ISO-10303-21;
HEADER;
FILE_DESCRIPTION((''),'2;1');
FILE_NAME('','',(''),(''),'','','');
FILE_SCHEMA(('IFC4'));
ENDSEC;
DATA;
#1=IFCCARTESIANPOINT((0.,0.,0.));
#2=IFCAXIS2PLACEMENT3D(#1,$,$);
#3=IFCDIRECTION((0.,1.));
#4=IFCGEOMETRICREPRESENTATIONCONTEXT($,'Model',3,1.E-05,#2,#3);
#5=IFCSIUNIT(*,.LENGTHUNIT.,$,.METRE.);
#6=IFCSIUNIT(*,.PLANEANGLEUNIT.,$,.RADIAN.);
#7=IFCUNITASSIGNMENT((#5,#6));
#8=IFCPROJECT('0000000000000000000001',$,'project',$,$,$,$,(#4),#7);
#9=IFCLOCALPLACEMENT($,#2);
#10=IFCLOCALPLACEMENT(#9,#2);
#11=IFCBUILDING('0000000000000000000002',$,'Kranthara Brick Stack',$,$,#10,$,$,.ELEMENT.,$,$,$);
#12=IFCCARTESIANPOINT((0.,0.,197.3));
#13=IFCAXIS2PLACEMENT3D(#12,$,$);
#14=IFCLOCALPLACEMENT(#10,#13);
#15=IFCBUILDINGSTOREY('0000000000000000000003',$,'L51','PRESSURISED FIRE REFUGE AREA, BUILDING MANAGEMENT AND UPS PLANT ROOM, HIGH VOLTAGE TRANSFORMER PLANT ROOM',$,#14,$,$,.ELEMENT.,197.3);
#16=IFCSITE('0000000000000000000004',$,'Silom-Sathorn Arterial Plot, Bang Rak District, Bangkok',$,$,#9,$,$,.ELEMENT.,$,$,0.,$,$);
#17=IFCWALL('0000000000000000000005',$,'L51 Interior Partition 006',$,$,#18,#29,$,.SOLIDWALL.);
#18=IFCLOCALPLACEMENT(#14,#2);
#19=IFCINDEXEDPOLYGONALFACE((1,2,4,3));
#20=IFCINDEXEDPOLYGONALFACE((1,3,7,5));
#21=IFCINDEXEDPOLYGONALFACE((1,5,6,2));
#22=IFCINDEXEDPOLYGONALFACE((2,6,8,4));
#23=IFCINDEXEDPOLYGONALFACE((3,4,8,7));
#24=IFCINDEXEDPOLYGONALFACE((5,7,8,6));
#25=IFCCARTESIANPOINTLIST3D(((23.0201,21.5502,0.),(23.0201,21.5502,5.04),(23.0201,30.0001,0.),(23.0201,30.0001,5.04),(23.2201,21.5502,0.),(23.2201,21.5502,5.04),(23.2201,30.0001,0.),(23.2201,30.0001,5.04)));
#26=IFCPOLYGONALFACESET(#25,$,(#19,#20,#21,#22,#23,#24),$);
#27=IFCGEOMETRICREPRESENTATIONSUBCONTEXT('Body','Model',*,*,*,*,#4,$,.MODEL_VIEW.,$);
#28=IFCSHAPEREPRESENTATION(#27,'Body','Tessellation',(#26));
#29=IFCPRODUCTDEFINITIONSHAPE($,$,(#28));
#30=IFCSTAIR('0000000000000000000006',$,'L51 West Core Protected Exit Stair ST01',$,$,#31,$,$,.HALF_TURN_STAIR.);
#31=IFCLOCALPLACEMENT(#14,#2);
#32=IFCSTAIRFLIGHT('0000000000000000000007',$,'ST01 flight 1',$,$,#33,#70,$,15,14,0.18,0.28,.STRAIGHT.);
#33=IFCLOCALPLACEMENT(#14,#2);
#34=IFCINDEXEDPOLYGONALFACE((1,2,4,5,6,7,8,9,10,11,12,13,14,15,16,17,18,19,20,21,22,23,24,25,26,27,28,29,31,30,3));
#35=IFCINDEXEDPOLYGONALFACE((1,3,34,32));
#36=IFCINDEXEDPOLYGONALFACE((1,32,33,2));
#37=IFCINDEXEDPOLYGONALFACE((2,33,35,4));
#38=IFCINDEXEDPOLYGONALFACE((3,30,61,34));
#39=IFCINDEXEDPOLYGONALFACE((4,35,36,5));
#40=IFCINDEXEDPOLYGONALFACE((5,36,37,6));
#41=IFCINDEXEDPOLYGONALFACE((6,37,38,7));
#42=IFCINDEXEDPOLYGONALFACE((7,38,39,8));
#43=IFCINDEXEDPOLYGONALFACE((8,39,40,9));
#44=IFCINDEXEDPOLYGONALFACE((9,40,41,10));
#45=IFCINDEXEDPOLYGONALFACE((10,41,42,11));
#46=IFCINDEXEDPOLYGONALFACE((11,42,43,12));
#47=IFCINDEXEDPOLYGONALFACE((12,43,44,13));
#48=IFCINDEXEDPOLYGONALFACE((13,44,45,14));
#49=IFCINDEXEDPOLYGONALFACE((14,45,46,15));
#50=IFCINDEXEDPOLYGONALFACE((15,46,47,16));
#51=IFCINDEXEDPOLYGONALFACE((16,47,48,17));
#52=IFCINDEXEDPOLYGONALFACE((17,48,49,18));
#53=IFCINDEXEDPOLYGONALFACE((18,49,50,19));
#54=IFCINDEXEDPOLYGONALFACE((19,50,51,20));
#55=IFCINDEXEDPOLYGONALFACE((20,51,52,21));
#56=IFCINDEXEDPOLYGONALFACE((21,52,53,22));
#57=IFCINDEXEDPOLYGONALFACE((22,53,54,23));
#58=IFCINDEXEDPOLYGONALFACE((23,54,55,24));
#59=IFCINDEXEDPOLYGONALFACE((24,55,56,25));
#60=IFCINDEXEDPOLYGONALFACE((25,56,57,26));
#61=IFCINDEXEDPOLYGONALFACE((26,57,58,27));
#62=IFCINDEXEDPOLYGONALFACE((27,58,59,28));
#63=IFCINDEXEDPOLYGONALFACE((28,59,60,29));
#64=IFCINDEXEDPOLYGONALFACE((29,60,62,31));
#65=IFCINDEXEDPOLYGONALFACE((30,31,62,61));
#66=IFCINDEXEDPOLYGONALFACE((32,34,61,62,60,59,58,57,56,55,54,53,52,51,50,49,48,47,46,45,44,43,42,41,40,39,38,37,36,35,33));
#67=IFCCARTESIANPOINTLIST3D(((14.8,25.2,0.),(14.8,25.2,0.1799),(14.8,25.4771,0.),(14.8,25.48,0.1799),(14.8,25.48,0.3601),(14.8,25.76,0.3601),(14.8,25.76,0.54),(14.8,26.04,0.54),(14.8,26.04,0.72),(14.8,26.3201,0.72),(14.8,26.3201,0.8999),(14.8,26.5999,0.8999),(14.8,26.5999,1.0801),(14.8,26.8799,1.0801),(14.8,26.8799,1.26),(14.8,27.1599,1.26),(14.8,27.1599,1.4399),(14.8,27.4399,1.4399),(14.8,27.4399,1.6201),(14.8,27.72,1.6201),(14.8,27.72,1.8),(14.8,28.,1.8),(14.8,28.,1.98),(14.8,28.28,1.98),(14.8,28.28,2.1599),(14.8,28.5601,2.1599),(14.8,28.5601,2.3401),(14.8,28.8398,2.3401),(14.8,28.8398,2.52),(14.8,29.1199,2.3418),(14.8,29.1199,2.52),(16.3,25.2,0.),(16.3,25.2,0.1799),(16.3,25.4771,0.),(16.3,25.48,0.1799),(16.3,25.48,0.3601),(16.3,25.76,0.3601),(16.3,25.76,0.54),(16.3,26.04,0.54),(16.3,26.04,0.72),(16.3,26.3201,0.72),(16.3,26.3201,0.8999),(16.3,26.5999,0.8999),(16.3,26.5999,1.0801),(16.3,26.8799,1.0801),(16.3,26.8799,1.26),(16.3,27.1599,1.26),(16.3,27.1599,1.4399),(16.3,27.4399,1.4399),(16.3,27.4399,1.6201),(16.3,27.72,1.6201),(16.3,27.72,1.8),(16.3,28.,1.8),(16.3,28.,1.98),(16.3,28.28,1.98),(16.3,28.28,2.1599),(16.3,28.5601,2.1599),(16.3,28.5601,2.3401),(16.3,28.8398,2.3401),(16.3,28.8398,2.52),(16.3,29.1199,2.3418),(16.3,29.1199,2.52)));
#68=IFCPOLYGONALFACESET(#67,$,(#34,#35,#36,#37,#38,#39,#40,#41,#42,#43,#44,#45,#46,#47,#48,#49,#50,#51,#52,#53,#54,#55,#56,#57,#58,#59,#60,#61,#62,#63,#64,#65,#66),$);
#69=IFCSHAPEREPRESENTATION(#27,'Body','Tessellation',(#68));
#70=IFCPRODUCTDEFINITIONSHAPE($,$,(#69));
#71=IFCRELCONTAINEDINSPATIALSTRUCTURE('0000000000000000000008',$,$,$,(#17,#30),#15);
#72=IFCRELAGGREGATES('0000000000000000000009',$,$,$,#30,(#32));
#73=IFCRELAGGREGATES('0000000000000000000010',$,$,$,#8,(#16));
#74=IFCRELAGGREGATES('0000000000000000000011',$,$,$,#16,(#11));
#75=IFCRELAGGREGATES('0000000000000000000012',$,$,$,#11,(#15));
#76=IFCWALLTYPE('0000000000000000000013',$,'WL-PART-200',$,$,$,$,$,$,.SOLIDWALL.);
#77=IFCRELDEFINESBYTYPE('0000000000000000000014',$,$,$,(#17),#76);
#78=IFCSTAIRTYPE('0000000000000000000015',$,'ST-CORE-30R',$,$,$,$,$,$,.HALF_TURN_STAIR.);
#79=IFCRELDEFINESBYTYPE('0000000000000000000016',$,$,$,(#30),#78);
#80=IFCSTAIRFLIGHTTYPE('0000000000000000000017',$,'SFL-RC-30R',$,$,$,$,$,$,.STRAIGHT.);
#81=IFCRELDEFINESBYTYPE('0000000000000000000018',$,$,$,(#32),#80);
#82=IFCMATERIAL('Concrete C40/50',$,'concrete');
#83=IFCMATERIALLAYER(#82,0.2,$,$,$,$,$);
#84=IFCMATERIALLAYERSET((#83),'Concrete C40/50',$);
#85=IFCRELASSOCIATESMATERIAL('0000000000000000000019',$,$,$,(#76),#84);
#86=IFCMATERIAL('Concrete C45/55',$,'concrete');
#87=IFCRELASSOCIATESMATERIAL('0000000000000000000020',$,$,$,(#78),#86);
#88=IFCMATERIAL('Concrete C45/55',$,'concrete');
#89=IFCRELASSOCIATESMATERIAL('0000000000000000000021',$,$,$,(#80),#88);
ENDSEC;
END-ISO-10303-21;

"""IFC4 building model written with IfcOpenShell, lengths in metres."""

from ifc_helpers import new_model, si_unit, direction, frame, frame_2d, origin, place, context, subcontext, project, spatial, polyline, rectangle, outline, extrude, material, layer, layer_set, type_object, element, aggregate, save


model = new_model("IFC4")

# Units and contexts
model_context = context("Model", 3, precision=1e-05, world=origin(), true_north=direction((0.0, 1.0)))
body_context = subcontext(model_context, "Body", "Model", "MODEL_VIEW")
ifc_project = project(units=[si_unit("LENGTHUNIT", "METRE"), si_unit("PLANEANGLEUNIT", "RADIAN")], contexts=[model_context])

# Site, building, storey
site_placement = place(None, origin())
site = spatial("IfcSite", under=ifc_project, at=site_placement, Name="Silom-Sathorn Arterial Plot, Bang Rak District, Bangkok", CompositionType="ELEMENT", RefElevation=0.0)
building_placement = place(site_placement, origin())
building = spatial("IfcBuilding", under=site, at=building_placement, Name="Kranthara Brick Stack", CompositionType="ELEMENT")
storey_placement = place(building_placement, frame((0.0, 0.0, 197.3)))
storey = spatial("IfcBuildingStorey", under=building, at=storey_placement, Name="L51", Description="PRESSURISED FIRE REFUGE AREA, BUILDING MANAGEMENT AND UPS PLANT ROOM, HIGH VOLTAGE TRANSFORMER PLANT ROOM", CompositionType="ELEMENT", Elevation=197.3)

# Wall
ifc_material_1 = material(Name="Concrete C40/50", Category="concrete")
ifc_layer_1 = layer(ifc_material_1, 0.2)
ifc_layer_set_1 = layer_set([ifc_layer_1], Name="Concrete C40/50")
wall_type_1 = type_object("IfcWallType", Name="WL-PART-200", PredefinedType="SOLIDWALL", material=ifc_layer_set_1)
wall_1_placement = place(storey_placement, frame((23.1201, 21.55, 0.0), z_axis=(0.0, 0.0, 1.0), x_axis=(0.0, 1.0, 0.0)))
element("IfcWall", 1, at=wall_1_placement, inside=storey, type_object=wall_type_1, Name="L51 Interior Partition 006", PredefinedType="SOLIDWALL", context=body_context, shape_type="SweptSolid", body=[
    extrude(rectangle(XDim=8.45, YDim=0.2, at=frame_2d((4.2251, 0.0))), origin(), (0.0, 0.0, 1.0), 5.04),
])

# Stair, stair flight
ifc_material_2 = material(Name="Concrete C45/55", Category="concrete")
stair_type = type_object("IfcStairType", Name="ST-CORE-30R", PredefinedType="HALF_TURN_STAIR", material=ifc_material_2)
stair_placement = place(storey_placement, origin())
stair = element("IfcStair", 2, at=stair_placement, inside=storey, type_object=stair_type, Name="L51 West Core Protected Exit Stair ST01", PredefinedType="HALF_TURN_STAIR")
ifc_material_3 = material(Name="Concrete C45/55", Category="concrete")
stair_flight_type = type_object("IfcStairFlightType", Name="SFL-RC-30R", PredefinedType="STRAIGHT", material=ifc_material_3)
stair_flight_placement = place(storey_placement, frame((15.55, 25.2, 0.0), z_axis=(0.0, 0.0, 1.0), x_axis=(0.0, 1.0, 0.0)))
stair_flight = element("IfcStairFlight", 3, at=stair_flight_placement, type_object=stair_flight_type, Name="ST01 flight 1", NumberOfRisers=15, NumberOfTreads=14, PredefinedType="STRAIGHT", RiserHeight=0.18, TreadLength=0.28, context=body_context, shape_type="SweptSolid", body=[
    extrude(outline(polyline([(0.0, 0.0), (0.0, 0.1799), (0.28, 0.1799), (0.28, 0.3601), (0.5601, 0.3601), (0.5601, 0.54), (0.8401, 0.54), (0.8401, 0.72), (1.1201, 0.72), (1.1201, 0.8999), (1.3999, 0.8999), (1.3999, 1.0801), (1.6799, 1.0801), (1.6799, 1.26), (1.96, 1.26), (1.96, 1.4399), (2.24, 1.4399), (2.24, 1.6201), (2.52, 1.6201), (2.52, 1.8), (2.8, 1.8), (2.8, 1.98), (3.0801, 1.98), (3.0801, 2.1599), (3.3601, 2.1599), (3.3601, 2.3401), (3.6399, 2.3401), (3.6399, 2.52), (3.9199, 2.52), (3.9199, 2.7), (3.9199, 2.3418), (0.2771, 0.0), (0.0, 0.0)])), frame((0.0, 0.75, 0.0), z_axis=(0.0, -1.0, 0.0), x_axis=(1.0, 0.0, 0.0)), (0.0, 0.0, 1.0), 1.5),
])
aggregate(stair, [stair_flight])

save(model, "model.ifc")
